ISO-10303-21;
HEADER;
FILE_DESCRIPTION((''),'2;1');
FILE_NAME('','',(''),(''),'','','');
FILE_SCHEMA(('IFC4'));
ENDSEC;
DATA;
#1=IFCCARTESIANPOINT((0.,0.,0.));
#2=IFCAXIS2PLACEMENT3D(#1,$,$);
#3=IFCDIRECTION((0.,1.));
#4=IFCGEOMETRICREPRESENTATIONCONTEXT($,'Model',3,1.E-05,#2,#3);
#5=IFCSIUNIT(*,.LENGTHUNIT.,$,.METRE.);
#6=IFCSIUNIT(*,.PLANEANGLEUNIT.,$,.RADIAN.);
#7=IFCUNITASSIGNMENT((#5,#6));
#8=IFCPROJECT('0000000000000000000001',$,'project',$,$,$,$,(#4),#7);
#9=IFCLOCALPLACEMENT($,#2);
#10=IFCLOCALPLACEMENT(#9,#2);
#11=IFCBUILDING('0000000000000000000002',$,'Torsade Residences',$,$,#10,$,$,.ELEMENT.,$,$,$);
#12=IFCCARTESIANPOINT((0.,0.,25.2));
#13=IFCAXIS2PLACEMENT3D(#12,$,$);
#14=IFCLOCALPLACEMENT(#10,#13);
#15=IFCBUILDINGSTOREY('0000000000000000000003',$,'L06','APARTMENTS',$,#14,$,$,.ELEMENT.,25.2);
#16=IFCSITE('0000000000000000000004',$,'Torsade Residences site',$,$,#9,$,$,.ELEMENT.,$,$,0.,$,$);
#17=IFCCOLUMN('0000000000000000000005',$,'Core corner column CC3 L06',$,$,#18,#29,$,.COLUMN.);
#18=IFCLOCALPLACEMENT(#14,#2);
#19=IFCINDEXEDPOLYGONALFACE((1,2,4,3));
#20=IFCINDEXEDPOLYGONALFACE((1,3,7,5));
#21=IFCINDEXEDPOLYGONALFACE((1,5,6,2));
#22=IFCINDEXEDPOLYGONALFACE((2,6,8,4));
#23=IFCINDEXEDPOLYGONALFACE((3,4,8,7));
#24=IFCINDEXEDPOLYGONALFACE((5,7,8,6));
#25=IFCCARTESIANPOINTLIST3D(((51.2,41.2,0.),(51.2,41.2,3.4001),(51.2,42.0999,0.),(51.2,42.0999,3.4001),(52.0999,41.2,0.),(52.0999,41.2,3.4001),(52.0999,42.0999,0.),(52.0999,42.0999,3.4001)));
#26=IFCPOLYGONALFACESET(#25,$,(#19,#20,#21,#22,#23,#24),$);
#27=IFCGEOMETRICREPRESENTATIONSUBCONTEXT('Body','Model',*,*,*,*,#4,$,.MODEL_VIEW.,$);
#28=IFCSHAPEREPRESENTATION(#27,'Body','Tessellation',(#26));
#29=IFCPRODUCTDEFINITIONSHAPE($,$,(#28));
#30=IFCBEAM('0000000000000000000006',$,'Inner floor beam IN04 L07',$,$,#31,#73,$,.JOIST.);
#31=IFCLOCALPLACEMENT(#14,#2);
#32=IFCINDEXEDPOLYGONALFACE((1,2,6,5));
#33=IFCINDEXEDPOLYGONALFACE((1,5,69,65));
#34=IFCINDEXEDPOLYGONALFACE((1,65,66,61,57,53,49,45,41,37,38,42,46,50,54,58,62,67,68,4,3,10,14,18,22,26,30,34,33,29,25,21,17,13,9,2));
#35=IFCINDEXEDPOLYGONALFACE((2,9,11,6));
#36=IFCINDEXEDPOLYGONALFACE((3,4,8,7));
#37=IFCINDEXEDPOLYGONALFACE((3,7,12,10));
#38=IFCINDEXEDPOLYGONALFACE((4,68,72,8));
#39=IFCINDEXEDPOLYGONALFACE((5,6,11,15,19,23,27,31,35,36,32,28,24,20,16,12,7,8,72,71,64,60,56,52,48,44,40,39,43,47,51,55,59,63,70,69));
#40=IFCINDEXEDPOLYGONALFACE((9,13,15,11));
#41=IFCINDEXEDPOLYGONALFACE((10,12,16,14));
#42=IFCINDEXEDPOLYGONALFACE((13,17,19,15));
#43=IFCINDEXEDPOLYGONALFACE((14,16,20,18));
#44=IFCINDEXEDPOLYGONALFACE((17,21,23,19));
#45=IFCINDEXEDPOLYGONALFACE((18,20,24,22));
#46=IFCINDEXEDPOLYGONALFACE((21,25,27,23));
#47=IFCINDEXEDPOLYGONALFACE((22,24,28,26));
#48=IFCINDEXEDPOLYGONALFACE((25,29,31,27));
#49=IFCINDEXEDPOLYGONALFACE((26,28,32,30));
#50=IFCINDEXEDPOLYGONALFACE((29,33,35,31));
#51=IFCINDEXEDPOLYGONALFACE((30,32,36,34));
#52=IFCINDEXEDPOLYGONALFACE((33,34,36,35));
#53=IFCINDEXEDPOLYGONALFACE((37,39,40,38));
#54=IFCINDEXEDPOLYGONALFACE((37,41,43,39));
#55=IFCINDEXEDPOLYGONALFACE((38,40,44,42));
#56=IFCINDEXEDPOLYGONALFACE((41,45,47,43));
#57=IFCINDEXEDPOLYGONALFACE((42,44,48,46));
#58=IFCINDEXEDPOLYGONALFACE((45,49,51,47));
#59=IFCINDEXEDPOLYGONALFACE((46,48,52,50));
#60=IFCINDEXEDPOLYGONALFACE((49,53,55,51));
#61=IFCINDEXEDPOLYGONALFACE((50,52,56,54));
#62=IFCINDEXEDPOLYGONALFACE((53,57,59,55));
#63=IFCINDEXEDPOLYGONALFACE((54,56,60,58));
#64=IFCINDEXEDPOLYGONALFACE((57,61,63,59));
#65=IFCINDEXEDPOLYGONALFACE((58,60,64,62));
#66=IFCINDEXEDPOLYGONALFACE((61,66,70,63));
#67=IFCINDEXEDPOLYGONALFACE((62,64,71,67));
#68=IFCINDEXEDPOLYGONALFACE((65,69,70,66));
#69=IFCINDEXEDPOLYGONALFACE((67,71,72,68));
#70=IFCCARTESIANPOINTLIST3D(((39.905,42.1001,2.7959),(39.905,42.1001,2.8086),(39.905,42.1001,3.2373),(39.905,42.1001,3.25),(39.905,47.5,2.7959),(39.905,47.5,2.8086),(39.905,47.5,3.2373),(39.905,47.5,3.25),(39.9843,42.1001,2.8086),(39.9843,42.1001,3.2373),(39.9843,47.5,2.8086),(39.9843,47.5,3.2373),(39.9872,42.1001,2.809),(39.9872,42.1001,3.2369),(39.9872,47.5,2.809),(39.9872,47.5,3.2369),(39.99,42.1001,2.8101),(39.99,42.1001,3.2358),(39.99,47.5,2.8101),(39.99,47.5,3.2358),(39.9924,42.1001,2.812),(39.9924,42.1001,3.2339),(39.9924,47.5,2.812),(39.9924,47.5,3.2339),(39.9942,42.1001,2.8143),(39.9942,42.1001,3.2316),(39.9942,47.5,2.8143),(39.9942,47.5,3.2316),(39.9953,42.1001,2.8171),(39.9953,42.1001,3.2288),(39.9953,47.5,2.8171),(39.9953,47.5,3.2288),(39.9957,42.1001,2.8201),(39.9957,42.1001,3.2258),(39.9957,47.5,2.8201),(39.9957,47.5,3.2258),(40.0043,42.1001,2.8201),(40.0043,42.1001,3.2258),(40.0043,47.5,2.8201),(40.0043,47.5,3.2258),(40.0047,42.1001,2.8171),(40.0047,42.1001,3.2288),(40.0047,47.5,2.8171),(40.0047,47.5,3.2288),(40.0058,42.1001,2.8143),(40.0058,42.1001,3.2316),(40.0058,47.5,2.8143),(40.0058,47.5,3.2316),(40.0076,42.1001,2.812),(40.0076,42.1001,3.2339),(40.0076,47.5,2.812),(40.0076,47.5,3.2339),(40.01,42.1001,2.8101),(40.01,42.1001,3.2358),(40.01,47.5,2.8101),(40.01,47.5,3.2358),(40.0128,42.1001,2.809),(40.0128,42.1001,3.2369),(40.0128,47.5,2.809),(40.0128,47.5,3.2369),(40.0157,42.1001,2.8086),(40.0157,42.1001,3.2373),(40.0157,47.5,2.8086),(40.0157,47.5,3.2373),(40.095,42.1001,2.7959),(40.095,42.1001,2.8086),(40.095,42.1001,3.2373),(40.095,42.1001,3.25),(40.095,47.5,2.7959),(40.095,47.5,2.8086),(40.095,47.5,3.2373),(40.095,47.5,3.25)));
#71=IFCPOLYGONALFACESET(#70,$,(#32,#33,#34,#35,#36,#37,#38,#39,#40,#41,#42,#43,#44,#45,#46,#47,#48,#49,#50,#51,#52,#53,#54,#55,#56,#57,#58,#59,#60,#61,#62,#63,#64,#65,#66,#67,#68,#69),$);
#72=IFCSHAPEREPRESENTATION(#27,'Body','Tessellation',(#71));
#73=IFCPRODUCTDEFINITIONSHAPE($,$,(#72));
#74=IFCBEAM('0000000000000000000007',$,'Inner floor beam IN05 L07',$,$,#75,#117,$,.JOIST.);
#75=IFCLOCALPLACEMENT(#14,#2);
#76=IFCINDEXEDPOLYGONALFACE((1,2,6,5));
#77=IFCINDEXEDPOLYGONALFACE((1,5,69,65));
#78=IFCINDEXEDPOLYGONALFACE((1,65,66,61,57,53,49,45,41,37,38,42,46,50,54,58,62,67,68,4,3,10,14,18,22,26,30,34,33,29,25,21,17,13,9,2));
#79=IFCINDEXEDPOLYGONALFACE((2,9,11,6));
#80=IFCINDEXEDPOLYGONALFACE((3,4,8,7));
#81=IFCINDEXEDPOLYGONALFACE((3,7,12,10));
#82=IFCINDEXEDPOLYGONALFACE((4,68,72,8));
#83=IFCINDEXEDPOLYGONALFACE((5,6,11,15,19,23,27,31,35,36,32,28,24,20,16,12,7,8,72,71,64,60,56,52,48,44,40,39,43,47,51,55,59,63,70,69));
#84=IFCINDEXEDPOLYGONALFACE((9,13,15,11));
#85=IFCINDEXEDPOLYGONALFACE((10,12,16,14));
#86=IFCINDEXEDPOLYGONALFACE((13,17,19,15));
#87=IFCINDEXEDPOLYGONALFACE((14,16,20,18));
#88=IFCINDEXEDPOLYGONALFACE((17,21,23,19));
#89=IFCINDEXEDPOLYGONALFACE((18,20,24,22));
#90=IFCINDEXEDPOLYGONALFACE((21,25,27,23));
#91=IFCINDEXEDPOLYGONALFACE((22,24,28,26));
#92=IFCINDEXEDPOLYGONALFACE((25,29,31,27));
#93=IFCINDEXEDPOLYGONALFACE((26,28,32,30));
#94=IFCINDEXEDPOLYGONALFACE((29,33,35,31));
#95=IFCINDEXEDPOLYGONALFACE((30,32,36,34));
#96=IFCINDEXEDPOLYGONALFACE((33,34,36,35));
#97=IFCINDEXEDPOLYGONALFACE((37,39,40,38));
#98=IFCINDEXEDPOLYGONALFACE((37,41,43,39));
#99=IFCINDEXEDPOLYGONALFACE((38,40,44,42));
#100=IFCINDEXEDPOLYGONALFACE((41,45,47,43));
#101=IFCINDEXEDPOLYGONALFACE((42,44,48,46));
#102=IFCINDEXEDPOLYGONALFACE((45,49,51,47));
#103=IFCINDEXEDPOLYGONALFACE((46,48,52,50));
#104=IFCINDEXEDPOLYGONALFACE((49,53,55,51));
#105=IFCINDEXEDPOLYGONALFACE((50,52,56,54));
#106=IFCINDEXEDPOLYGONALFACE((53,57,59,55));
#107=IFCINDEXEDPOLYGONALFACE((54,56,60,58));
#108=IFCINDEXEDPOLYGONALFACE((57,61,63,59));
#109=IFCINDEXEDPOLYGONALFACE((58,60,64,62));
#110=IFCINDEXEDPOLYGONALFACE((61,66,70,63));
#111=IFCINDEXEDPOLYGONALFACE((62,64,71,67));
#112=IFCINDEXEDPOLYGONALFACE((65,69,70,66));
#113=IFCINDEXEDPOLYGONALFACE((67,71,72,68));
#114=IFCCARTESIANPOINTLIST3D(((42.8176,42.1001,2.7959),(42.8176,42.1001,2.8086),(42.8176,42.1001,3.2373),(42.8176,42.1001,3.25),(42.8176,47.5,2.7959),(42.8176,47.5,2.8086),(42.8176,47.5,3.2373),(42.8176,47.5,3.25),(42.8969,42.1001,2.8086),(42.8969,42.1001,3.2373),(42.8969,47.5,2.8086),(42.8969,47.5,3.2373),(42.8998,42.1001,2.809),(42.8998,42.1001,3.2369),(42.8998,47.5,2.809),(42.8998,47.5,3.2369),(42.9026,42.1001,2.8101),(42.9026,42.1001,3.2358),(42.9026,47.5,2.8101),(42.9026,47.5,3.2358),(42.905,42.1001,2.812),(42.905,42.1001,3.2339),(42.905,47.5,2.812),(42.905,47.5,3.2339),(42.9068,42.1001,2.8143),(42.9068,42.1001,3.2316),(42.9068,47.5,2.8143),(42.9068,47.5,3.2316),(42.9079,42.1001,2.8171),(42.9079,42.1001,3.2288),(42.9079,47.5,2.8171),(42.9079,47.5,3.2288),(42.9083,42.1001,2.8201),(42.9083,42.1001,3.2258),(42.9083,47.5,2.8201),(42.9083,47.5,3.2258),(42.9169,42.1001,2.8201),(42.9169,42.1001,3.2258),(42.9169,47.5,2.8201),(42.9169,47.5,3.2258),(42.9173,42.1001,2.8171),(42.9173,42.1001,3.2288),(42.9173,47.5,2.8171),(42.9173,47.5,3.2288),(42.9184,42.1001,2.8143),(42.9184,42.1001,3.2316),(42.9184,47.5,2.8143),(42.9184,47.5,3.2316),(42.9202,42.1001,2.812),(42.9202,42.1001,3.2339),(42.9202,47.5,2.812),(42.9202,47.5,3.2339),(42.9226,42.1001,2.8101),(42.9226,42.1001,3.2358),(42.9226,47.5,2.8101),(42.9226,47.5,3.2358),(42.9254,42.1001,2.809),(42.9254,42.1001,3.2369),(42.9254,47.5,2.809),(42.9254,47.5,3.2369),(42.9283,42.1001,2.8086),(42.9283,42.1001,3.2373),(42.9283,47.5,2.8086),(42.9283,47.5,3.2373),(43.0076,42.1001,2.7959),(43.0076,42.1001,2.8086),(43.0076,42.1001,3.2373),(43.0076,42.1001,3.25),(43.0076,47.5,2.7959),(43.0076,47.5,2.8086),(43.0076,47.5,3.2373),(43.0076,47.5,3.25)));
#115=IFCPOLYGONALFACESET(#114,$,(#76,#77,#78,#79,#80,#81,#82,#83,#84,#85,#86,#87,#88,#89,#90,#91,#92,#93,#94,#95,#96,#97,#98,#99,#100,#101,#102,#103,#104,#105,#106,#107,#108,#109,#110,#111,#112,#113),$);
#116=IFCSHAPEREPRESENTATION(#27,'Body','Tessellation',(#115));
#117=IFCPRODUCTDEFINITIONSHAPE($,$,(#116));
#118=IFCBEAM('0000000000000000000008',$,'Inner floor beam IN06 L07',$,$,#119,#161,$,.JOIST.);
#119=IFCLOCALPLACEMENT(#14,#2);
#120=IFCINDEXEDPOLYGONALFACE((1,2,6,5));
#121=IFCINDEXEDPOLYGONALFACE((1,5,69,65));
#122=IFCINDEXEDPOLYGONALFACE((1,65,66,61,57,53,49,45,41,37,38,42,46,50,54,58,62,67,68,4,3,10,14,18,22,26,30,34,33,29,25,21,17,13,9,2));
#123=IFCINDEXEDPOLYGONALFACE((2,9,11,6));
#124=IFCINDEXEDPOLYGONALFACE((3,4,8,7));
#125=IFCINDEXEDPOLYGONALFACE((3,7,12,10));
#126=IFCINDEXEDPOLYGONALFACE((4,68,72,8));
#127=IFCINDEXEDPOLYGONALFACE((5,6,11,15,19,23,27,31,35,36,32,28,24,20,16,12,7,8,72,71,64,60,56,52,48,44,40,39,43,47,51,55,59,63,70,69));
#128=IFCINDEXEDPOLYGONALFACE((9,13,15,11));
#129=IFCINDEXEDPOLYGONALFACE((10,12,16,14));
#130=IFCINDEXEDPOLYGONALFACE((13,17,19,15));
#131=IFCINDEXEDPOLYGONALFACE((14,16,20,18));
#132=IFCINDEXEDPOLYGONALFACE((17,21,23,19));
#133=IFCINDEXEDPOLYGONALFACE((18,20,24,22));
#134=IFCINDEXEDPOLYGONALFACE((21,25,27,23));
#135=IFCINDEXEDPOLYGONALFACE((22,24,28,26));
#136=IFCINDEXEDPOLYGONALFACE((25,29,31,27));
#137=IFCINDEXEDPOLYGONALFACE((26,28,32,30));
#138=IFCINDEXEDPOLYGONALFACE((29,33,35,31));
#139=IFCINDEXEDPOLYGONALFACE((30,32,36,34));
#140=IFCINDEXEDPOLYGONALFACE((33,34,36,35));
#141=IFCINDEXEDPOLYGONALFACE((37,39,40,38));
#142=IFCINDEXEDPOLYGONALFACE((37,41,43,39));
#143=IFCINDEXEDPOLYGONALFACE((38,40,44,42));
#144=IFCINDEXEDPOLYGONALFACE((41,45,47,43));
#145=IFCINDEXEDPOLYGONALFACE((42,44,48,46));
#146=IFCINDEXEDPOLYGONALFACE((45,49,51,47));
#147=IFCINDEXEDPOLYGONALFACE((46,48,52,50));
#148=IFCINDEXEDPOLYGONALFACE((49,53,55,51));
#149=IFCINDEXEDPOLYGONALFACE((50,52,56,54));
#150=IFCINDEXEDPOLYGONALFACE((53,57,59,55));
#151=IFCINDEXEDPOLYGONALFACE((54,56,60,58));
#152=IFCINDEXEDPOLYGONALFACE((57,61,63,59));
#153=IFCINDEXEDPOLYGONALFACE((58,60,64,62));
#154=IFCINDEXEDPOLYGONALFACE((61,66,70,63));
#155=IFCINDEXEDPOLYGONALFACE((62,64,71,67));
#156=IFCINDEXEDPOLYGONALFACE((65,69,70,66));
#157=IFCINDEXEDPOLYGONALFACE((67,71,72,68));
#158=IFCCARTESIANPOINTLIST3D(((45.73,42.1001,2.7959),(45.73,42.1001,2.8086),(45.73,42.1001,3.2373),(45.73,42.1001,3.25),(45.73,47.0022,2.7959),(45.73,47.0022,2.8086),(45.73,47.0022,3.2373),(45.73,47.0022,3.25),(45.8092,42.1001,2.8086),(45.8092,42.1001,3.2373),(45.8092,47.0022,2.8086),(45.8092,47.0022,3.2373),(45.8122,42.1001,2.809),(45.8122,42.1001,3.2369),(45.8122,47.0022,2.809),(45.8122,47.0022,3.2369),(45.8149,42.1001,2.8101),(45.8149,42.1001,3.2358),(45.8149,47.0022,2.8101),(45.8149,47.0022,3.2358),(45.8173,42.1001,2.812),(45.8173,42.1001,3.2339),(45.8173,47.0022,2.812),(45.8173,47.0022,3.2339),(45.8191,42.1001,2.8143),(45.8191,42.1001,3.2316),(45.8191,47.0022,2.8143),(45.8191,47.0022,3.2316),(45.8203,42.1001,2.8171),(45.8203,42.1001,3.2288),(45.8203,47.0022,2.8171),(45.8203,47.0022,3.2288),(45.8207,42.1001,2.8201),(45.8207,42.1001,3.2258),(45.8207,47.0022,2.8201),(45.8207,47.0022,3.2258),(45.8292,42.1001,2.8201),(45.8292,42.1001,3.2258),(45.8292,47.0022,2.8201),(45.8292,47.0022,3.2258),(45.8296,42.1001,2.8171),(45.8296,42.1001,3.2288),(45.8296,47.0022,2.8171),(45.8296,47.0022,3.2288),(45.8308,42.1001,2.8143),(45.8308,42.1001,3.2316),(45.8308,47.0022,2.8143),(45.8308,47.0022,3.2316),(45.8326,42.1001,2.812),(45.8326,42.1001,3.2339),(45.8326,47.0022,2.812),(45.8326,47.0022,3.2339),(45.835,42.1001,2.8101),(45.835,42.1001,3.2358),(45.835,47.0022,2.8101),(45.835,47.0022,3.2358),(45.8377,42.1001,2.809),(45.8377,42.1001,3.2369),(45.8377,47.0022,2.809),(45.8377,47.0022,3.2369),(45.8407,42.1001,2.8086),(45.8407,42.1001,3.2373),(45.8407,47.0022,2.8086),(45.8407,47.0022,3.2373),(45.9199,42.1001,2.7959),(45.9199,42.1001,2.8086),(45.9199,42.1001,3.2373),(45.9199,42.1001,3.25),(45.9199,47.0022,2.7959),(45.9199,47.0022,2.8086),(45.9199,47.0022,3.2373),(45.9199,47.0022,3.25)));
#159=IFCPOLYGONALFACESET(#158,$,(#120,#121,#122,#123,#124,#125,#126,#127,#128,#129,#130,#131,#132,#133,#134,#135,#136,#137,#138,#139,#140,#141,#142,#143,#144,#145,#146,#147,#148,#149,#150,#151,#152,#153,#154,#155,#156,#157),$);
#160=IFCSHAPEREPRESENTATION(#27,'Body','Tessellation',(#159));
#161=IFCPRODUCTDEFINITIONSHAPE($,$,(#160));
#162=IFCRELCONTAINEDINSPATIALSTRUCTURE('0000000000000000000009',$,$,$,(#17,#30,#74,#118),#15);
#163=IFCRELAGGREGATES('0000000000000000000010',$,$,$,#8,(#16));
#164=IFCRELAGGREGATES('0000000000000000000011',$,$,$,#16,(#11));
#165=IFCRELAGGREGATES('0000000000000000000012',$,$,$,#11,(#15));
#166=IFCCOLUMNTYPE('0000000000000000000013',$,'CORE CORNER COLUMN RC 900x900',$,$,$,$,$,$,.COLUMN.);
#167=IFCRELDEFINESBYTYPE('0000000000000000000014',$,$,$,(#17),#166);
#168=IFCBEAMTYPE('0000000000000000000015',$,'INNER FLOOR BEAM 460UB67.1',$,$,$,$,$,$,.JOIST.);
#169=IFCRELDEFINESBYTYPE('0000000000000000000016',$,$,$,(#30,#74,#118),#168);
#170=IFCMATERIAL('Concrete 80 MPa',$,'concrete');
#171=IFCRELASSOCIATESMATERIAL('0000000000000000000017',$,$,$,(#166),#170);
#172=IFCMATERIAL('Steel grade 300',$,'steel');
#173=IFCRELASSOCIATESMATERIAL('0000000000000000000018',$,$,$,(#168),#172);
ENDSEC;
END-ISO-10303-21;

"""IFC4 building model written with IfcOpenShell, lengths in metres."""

from ifc_helpers import new_model, si_unit, direction, frame, origin, origin_2d, place, context, subcontext, project, spatial, rectangle, i_section, extrude, material, material_profile, profile_set, type_object, element, save


model = new_model("IFC4")

# Units and contexts
model_context = context("Model", 3, precision=1e-05, world=origin(), true_north=direction((0.0, 1.0)))
body_context = subcontext(model_context, "Body", "Model", "MODEL_VIEW")
ifc_project = project(units=[si_unit("LENGTHUNIT", "METRE"), si_unit("PLANEANGLEUNIT", "RADIAN")], contexts=[model_context])

# Site, building, storey
site_placement = place(None, origin())
site = spatial("IfcSite", under=ifc_project, at=site_placement, Name="Torsade Residences site", CompositionType="ELEMENT", RefElevation=0.0)
building_placement = place(site_placement, origin())
building = spatial("IfcBuilding", under=site, at=building_placement, Name="Torsade Residences", CompositionType="ELEMENT")
storey_placement = place(building_placement, frame((0.0, 0.0, 25.2)))
storey = spatial("IfcBuildingStorey", under=building, at=storey_placement, Name="L06", Description="APARTMENTS", CompositionType="ELEMENT", Elevation=25.2)

# Column
ifc_material_1 = material(Name="Concrete 80 MPa", Category="concrete")
ifc_material_profile_1 = material_profile(ifc_material_1, rectangle(XDim=0.8999, YDim=0.8999, at=origin_2d()), Name="RC 900x900")
ifc_profile_set_1 = profile_set([ifc_material_profile_1], Name="Concrete 80 MPa")
column_type = type_object("IfcColumnType", Name="CORE CORNER COLUMN RC 900x900", PredefinedType="COLUMN", material=ifc_profile_set_1)
column_placement = place(storey_placement, frame((51.6499, 41.6499, 0.0), z_axis=(0.0, 0.0, 1.0), x_axis=(1.0, 0.0, 0.0)))
element("IfcColumn", 1, at=column_placement, inside=storey, type_object=column_type, Name="Core corner column CC3 L06", PredefinedType="COLUMN", context=body_context, shape_type="SweptSolid", body=[
    extrude(rectangle(XDim=0.8999, YDim=0.8999, at=origin_2d()), origin(), (0.0, 0.0, 1.0), 3.4001),
])

# Beams
ifc_material_2 = material(Name="Steel grade 300", Category="steel")
ifc_material_profile_2 = material_profile(ifc_material_2, i_section(OverallWidth=0.1899, OverallDepth=0.4541, WebThickness=0.0085, FlangeThickness=0.0127, FilletRadius=0.0115, at=origin_2d()), Name="460UB67.1")
ifc_profile_set_2 = profile_set([ifc_material_profile_2], Name="Steel grade 300")
beam_type = type_object("IfcBeamType", Name="INNER FLOOR BEAM 460UB67.1", PredefinedType="JOIST", material=ifc_profile_set_2)
for number, where, z_axis, x_axis, name in (
    (2, (40.0, 42.1001, 3.0229), (0.0, 1.0, 0.0), (-1.0, 0.0, 0.0), "Inner floor beam IN04 L07"),
    (3, (42.9126, 42.1001, 3.0229), (0.0, 1.0, 0.0), (-1.0, 0.0, 0.0), "Inner floor beam IN05 L07"),
):
    element("IfcBeam", number, at=place(storey_placement, frame(where, z_axis=z_axis, x_axis=x_axis)), inside=storey, type_object=beam_type, Name=name, PredefinedType="JOIST", context=body_context, shape_type="SweptSolid", body=[
        extrude(i_section(OverallWidth=0.1899, OverallDepth=0.4541, WebThickness=0.0085, FlangeThickness=0.0127, FilletRadius=0.0115, at=origin_2d()), origin(), (0.0, 0.0, 1.0), 5.3999),
    ])
beam_1_placement = place(storey_placement, frame((45.825, 42.1001, 3.0229), z_axis=(0.0, 1.0, 0.0), x_axis=(-1.0, 0.0, 0.0)))
element("IfcBeam", 4, at=beam_1_placement, inside=storey, type_object=beam_type, Name="Inner floor beam IN06 L07", PredefinedType="JOIST", context=body_context, shape_type="SweptSolid", body=[
    extrude(i_section(OverallWidth=0.1899, OverallDepth=0.4541, WebThickness=0.0085, FlangeThickness=0.0127, FilletRadius=0.0115, at=origin_2d()), origin(), (0.0, 0.0, 1.0), 4.9021),
])

save(model, "model.ifc")
